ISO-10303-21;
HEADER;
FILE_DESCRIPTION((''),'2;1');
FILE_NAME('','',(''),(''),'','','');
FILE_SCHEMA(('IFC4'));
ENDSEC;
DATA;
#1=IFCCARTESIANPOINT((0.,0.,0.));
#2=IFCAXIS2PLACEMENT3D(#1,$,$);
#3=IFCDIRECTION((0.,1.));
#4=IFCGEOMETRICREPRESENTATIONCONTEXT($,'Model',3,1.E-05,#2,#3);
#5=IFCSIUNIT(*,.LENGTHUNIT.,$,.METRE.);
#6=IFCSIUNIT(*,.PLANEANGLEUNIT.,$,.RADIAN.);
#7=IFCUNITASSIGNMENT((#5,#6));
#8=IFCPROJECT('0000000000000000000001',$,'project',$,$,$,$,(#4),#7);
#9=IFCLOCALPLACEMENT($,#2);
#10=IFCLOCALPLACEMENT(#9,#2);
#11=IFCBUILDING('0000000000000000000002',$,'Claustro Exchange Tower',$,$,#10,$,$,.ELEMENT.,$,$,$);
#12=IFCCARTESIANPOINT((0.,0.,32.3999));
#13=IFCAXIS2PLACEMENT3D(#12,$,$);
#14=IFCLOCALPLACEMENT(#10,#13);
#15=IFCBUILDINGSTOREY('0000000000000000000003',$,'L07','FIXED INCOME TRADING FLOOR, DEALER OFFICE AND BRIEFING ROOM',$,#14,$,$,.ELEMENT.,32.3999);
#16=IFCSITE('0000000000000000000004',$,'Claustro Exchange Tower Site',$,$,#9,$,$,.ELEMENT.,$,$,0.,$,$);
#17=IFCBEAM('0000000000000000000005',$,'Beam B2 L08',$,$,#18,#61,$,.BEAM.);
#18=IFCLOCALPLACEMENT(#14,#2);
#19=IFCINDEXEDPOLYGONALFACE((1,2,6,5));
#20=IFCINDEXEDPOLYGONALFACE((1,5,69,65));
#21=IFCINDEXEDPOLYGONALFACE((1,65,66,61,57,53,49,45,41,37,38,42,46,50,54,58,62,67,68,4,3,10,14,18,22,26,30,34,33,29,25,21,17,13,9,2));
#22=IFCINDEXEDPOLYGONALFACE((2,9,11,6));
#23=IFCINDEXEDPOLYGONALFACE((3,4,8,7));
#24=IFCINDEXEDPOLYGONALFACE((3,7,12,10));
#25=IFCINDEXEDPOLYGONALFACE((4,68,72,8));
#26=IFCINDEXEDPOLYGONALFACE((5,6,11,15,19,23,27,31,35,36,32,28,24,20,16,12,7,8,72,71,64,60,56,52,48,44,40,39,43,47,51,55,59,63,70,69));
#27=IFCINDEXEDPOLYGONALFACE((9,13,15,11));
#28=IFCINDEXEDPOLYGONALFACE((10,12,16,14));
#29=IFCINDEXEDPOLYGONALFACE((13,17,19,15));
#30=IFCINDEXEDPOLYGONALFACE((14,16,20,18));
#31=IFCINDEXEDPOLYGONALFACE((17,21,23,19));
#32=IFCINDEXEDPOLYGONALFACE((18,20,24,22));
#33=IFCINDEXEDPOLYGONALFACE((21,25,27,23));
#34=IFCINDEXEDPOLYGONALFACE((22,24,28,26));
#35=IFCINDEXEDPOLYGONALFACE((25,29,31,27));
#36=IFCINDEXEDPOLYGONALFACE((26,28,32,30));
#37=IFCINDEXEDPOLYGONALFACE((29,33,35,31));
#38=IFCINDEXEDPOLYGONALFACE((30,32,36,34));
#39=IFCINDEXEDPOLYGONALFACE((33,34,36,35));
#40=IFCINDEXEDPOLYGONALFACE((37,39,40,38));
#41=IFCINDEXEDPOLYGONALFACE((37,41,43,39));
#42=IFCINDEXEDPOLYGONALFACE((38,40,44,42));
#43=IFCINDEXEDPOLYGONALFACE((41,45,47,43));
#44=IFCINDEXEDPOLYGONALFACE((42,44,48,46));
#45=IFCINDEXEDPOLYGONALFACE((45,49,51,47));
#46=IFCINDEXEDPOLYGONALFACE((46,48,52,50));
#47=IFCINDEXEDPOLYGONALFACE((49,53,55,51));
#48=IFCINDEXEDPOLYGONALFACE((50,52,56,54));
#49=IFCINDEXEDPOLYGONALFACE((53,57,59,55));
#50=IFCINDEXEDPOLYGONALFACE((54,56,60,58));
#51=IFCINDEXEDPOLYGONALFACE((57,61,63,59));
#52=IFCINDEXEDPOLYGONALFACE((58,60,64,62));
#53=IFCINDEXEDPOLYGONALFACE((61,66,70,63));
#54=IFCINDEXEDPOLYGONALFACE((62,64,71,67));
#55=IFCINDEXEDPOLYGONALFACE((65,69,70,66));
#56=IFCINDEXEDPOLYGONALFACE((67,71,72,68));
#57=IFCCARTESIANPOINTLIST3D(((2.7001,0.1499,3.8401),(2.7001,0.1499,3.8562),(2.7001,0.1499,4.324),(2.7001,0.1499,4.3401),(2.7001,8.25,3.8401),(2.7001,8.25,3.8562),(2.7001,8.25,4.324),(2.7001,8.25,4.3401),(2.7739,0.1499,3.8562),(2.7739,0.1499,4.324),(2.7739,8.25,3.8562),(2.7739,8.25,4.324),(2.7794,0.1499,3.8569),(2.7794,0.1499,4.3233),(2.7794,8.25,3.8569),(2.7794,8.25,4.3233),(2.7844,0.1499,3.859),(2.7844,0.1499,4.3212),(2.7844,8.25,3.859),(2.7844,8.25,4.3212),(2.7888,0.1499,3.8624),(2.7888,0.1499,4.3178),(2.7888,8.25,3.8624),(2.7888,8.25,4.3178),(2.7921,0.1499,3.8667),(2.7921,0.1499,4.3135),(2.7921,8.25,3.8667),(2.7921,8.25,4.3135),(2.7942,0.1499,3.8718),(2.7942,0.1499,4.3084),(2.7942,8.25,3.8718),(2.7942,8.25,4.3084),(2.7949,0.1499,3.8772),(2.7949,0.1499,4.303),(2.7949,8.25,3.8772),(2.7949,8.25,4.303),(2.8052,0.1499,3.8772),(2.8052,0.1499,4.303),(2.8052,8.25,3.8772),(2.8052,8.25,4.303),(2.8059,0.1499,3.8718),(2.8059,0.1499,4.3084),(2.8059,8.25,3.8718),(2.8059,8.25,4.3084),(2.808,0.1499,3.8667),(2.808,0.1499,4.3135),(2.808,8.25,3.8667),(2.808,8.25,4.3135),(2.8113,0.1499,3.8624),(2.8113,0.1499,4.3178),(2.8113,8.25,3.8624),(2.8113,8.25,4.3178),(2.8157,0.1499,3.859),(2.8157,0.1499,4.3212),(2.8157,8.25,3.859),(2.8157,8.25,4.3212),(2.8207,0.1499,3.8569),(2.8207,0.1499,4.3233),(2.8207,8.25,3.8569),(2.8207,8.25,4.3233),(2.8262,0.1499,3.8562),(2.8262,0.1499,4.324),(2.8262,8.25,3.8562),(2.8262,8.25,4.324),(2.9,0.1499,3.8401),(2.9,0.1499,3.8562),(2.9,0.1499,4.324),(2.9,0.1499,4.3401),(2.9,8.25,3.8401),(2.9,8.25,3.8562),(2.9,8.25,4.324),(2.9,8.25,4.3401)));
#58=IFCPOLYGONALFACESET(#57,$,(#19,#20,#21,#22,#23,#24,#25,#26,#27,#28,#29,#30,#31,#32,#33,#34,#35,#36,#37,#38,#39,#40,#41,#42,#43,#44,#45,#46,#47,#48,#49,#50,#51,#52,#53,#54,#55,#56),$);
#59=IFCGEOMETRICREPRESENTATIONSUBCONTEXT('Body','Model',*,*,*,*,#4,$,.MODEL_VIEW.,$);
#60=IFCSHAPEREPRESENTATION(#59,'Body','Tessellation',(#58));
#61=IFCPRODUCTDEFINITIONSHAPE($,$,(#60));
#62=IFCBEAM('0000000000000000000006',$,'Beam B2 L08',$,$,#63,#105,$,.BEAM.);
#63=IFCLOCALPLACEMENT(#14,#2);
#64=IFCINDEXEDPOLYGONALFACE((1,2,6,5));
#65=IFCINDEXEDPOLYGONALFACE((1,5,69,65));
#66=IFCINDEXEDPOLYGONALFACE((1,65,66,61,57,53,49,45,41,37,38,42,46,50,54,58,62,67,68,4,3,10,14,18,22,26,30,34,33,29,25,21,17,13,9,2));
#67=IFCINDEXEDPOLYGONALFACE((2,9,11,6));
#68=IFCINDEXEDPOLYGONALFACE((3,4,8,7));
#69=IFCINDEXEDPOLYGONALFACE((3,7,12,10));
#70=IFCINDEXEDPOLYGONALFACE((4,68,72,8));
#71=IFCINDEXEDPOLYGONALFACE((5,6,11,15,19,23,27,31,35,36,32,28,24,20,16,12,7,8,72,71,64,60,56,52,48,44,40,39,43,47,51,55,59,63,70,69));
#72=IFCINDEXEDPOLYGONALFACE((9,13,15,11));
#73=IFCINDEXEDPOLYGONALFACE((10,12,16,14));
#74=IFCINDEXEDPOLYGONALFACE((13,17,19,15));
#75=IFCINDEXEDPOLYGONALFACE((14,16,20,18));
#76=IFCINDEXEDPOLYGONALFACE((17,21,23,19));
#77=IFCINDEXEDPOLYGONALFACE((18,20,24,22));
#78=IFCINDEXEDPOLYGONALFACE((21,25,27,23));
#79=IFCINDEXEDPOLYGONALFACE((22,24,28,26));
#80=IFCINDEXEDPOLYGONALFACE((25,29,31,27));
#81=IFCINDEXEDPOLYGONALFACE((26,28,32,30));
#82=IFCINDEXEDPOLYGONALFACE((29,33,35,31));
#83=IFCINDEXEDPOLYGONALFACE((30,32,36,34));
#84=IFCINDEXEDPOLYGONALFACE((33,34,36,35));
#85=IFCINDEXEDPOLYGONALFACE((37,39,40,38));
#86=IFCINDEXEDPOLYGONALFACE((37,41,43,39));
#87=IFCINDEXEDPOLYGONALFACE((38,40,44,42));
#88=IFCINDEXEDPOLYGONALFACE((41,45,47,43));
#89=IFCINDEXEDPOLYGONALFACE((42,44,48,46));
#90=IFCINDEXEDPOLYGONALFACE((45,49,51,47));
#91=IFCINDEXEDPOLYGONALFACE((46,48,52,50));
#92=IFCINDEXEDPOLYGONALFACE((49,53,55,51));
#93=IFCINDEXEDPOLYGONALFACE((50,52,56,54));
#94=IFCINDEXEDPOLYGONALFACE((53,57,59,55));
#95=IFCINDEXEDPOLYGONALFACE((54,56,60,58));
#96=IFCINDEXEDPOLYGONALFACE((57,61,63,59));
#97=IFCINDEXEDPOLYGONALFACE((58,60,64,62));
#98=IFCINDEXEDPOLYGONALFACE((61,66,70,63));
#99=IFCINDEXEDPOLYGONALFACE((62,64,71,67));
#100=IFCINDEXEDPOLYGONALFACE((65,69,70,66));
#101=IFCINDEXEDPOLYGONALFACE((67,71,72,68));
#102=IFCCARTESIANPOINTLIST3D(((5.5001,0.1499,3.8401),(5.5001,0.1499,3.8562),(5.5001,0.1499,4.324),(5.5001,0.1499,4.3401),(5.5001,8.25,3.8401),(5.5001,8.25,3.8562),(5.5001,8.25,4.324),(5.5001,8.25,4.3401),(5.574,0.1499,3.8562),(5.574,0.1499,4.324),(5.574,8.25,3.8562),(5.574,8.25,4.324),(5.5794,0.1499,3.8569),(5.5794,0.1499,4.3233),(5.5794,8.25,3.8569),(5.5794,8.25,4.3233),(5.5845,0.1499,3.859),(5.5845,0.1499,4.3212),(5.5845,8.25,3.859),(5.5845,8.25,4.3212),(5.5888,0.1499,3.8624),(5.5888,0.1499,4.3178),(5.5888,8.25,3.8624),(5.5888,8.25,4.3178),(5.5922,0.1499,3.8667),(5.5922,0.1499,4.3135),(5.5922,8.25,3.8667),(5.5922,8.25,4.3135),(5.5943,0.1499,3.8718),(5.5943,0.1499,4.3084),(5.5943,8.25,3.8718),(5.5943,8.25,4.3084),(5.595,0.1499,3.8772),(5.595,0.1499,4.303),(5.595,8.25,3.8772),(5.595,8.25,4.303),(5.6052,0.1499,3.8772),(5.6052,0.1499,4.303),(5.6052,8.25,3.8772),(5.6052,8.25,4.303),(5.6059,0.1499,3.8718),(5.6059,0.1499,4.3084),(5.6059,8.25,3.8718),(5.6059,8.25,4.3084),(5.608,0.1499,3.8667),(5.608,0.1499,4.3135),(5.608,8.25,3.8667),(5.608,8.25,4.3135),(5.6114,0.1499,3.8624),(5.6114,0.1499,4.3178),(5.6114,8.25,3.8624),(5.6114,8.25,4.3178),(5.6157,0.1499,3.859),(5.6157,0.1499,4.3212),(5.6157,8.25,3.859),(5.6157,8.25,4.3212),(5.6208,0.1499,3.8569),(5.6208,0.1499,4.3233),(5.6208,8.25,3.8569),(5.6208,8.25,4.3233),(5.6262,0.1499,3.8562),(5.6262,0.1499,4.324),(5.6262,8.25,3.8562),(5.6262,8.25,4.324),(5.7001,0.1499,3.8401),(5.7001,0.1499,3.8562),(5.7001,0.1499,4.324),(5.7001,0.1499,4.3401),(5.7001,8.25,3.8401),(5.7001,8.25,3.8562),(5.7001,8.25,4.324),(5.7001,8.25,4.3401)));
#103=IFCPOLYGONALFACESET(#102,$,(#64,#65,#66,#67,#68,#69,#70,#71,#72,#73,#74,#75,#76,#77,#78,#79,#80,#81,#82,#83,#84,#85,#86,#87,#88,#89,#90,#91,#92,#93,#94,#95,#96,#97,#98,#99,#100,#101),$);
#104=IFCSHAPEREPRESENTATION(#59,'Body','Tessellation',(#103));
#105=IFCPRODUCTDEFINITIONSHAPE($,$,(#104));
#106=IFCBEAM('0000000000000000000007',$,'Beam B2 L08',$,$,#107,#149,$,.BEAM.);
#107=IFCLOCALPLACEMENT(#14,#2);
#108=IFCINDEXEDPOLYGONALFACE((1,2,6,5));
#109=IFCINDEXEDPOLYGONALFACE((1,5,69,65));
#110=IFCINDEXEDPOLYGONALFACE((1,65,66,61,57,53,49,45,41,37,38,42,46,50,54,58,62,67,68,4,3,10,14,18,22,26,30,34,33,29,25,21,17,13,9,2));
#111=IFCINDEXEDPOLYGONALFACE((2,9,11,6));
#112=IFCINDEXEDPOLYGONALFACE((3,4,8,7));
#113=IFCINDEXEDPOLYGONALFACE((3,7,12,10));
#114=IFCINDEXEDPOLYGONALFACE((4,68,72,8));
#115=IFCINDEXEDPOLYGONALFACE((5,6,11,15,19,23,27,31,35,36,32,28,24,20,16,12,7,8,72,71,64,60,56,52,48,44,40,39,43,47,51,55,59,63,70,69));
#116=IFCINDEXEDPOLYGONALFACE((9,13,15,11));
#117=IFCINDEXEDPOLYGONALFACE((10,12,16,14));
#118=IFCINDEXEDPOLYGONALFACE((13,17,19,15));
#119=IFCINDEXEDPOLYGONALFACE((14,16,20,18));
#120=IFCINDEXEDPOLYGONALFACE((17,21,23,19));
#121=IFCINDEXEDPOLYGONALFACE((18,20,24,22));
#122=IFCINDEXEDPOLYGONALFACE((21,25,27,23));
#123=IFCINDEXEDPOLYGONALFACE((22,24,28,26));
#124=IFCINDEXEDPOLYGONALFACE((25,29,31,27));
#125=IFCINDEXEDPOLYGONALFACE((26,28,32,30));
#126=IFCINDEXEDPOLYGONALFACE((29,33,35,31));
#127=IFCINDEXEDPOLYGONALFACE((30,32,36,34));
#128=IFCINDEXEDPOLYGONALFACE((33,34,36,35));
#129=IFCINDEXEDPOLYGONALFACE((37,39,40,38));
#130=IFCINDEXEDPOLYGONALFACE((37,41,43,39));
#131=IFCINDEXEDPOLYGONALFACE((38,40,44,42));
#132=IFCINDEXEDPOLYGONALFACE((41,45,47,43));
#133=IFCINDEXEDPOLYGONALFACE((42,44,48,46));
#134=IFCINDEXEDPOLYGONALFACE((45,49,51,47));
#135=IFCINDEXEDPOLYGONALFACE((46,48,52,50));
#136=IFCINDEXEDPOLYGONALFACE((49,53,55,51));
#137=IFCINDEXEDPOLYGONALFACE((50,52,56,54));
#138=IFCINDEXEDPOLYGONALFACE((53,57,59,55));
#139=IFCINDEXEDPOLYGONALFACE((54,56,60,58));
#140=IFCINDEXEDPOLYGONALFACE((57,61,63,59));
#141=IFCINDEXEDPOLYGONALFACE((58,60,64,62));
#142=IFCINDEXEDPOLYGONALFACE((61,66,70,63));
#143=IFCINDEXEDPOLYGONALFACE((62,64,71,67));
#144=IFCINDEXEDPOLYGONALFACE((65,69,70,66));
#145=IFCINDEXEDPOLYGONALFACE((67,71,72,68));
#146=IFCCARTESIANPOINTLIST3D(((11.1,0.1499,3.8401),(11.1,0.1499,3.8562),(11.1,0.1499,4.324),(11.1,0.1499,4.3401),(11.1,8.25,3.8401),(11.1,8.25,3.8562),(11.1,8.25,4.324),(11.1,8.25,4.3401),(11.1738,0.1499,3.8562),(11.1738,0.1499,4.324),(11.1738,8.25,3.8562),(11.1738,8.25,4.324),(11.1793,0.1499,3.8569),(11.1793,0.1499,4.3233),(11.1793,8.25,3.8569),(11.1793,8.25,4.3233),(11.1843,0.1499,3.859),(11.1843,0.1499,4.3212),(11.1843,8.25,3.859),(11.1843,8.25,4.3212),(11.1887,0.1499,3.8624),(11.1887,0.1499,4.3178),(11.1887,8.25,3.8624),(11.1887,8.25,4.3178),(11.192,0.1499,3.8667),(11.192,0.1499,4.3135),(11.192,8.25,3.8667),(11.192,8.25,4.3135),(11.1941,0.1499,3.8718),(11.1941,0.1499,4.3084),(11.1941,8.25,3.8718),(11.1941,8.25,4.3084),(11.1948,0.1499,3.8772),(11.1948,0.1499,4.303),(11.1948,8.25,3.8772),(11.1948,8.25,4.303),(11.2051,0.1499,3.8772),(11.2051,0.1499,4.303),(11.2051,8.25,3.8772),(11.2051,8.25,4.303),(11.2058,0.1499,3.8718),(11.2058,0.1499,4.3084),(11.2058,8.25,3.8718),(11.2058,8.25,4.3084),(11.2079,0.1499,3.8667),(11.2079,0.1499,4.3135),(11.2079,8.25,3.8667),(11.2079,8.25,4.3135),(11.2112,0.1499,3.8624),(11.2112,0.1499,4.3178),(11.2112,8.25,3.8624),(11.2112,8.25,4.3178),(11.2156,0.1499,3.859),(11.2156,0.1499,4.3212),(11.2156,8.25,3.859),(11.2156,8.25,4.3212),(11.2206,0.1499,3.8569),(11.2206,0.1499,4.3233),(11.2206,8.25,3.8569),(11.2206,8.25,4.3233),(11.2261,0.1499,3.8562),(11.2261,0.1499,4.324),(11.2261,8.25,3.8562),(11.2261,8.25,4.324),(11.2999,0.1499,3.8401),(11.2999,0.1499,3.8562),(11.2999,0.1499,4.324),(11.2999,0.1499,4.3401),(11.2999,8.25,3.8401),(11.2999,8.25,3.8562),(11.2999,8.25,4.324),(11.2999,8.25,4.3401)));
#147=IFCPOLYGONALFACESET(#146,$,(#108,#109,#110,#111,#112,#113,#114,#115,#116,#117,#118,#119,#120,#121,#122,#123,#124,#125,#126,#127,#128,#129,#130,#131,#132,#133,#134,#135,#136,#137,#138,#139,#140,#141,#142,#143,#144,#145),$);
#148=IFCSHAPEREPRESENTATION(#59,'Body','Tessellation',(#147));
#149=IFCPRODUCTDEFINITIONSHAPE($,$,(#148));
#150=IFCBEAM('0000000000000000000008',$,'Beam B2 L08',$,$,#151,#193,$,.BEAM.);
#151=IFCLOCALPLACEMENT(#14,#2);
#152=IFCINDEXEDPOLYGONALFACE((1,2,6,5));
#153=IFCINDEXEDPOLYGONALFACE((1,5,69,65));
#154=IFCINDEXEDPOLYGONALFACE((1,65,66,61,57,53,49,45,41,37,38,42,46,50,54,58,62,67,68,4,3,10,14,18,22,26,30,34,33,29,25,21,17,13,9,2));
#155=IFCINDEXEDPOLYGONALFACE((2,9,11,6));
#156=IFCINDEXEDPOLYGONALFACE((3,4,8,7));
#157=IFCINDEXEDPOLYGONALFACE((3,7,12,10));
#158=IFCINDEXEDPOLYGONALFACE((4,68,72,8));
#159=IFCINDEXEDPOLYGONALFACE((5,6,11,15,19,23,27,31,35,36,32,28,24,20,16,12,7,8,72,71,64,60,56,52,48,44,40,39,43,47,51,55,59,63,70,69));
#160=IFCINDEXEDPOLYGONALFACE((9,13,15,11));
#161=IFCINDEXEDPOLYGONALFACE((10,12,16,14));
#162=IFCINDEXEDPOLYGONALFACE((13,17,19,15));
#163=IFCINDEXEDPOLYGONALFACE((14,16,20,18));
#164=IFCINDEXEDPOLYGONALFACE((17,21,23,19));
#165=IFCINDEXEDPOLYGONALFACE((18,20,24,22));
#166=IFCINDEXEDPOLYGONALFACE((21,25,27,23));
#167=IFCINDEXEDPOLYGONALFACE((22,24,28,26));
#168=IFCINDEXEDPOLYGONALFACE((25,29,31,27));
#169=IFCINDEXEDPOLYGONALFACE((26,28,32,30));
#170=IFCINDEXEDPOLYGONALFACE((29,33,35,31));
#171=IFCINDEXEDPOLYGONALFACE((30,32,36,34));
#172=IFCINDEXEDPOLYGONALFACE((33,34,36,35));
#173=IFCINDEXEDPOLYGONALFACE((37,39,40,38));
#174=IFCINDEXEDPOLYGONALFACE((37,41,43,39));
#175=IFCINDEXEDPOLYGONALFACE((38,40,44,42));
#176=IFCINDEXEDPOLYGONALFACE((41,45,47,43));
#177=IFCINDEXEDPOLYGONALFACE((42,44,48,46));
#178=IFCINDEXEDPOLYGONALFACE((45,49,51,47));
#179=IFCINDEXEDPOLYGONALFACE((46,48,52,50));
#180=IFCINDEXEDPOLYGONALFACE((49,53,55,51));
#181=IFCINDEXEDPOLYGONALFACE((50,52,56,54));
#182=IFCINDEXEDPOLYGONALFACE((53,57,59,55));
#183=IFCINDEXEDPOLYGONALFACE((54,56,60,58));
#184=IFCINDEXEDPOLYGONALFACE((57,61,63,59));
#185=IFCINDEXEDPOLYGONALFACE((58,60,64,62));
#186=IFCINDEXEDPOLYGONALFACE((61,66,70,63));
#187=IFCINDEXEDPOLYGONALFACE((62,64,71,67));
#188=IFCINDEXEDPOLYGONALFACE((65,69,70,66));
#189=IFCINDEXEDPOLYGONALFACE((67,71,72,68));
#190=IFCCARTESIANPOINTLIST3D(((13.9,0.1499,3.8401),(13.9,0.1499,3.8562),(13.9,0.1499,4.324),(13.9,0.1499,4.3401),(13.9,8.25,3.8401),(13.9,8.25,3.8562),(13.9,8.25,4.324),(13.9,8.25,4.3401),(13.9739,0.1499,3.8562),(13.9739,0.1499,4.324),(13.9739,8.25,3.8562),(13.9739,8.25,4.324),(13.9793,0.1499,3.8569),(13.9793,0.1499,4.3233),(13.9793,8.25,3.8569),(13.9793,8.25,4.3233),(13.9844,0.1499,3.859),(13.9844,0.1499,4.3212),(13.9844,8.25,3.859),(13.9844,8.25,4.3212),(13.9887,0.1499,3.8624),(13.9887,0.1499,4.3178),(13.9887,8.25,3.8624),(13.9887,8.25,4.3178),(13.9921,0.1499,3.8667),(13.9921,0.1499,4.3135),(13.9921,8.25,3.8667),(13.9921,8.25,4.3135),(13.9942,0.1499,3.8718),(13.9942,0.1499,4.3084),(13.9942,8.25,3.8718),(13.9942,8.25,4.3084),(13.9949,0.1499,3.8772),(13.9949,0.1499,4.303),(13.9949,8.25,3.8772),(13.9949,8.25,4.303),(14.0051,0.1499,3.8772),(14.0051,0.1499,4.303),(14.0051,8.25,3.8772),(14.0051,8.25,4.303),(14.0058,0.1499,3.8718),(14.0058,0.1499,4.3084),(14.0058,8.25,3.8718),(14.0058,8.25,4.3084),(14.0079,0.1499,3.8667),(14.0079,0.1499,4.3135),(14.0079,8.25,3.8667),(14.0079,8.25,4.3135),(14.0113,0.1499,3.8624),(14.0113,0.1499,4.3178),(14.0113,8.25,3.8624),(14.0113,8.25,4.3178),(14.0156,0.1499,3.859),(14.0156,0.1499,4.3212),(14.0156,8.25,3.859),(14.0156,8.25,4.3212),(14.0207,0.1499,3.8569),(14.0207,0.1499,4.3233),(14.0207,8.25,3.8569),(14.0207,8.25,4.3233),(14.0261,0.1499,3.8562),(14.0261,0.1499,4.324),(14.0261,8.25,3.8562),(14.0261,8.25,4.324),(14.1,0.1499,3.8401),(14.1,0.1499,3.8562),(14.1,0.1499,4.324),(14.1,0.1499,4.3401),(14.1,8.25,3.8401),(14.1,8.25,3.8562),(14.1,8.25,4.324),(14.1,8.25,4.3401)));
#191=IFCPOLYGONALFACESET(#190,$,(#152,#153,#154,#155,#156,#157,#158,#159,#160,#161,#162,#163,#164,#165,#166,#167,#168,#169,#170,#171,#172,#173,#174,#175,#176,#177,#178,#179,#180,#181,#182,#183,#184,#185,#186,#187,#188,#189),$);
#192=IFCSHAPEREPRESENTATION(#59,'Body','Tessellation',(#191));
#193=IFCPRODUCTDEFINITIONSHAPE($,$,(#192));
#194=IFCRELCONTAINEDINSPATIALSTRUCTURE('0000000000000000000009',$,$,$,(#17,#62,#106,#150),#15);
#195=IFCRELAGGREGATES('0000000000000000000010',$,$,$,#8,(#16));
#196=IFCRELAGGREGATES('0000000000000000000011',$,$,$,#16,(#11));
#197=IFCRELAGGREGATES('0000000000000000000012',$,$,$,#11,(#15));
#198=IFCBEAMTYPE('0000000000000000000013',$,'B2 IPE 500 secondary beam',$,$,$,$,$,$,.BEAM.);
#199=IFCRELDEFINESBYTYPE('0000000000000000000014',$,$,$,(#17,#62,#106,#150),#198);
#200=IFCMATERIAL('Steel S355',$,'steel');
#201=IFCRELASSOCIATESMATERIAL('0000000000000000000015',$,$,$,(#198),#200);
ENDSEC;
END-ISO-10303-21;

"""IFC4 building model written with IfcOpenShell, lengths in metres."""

from ifc_helpers import new_model, si_unit, direction, frame, origin, origin_2d, place, context, subcontext, project, spatial, i_section, extrude, material, material_profile, profile_set, type_object, element, save


model = new_model("IFC4")

# Units and contexts
model_context = context("Model", 3, precision=1e-05, world=origin(), true_north=direction((0.0, 1.0)))
body_context = subcontext(model_context, "Body", "Model", "MODEL_VIEW")
ifc_project = project(units=[si_unit("LENGTHUNIT", "METRE"), si_unit("PLANEANGLEUNIT", "RADIAN")], contexts=[model_context])

# Site, building, storey
site_placement = place(None, origin())
site = spatial("IfcSite", under=ifc_project, at=site_placement, Name="Claustro Exchange Tower Site", CompositionType="ELEMENT", RefElevation=0.0)
building_placement = place(site_placement, origin())
building = spatial("IfcBuilding", under=site, at=building_placement, Name="Claustro Exchange Tower", CompositionType="ELEMENT")
storey_placement = place(building_placement, frame((0.0, 0.0, 32.3999)))
storey = spatial("IfcBuildingStorey", under=building, at=storey_placement, Name="L07", Description="FIXED INCOME TRADING FLOOR, DEALER OFFICE AND BRIEFING ROOM", CompositionType="ELEMENT", Elevation=32.3999)

# Beams
ifc_material_1 = material(Name="Steel S355", Category="steel")
ifc_material_profile_1 = material_profile(ifc_material_1, i_section(OverallWidth=0.2, OverallDepth=0.5, WebThickness=0.0103, FlangeThickness=0.0161, FilletRadius=0.021, at=origin_2d()), Name="IPE 500")
ifc_profile_set_1 = profile_set([ifc_material_profile_1], Name="Steel S355")
beam_type_1 = type_object("IfcBeamType", Name="B2 IPE 500 secondary beam", PredefinedType="BEAM", material=ifc_profile_set_1)
for number, where, z_axis, x_axis, name in (
    (1, (2.8, 0.1499, 4.0901), (0.0, 1.0, 0.0), (-1.0, 0.0, 0.0), "Beam B2 L08"),
    (2, (5.6001, 0.1499, 4.0901), (0.0, 1.0, 0.0), (-1.0, 0.0, 0.0), "Beam B2 L08"),
    (3, (11.2, 0.1499, 4.0901), (0.0, 1.0, 0.0), (-1.0, 0.0, 0.0), "Beam B2 L08"),
    (4, (14.0, 0.1499, 4.0901), (0.0, 1.0, 0.0), (-1.0, 0.0, 0.0), "Beam B2 L08"),
):
    element("IfcBeam", number, at=place(storey_placement, frame(where, z_axis=z_axis, x_axis=x_axis)), inside=storey, type_object=beam_type_1, Name=name, PredefinedType="BEAM", context=body_context, shape_type="SweptSolid", body=[
        extrude(i_section(OverallWidth=0.2, OverallDepth=0.5, WebThickness=0.0103, FlangeThickness=0.0161, FilletRadius=0.021, at=origin_2d()), origin(), (0.0, 0.0, 1.0), 8.1001),
    ])

save(model, "model.ifc")
